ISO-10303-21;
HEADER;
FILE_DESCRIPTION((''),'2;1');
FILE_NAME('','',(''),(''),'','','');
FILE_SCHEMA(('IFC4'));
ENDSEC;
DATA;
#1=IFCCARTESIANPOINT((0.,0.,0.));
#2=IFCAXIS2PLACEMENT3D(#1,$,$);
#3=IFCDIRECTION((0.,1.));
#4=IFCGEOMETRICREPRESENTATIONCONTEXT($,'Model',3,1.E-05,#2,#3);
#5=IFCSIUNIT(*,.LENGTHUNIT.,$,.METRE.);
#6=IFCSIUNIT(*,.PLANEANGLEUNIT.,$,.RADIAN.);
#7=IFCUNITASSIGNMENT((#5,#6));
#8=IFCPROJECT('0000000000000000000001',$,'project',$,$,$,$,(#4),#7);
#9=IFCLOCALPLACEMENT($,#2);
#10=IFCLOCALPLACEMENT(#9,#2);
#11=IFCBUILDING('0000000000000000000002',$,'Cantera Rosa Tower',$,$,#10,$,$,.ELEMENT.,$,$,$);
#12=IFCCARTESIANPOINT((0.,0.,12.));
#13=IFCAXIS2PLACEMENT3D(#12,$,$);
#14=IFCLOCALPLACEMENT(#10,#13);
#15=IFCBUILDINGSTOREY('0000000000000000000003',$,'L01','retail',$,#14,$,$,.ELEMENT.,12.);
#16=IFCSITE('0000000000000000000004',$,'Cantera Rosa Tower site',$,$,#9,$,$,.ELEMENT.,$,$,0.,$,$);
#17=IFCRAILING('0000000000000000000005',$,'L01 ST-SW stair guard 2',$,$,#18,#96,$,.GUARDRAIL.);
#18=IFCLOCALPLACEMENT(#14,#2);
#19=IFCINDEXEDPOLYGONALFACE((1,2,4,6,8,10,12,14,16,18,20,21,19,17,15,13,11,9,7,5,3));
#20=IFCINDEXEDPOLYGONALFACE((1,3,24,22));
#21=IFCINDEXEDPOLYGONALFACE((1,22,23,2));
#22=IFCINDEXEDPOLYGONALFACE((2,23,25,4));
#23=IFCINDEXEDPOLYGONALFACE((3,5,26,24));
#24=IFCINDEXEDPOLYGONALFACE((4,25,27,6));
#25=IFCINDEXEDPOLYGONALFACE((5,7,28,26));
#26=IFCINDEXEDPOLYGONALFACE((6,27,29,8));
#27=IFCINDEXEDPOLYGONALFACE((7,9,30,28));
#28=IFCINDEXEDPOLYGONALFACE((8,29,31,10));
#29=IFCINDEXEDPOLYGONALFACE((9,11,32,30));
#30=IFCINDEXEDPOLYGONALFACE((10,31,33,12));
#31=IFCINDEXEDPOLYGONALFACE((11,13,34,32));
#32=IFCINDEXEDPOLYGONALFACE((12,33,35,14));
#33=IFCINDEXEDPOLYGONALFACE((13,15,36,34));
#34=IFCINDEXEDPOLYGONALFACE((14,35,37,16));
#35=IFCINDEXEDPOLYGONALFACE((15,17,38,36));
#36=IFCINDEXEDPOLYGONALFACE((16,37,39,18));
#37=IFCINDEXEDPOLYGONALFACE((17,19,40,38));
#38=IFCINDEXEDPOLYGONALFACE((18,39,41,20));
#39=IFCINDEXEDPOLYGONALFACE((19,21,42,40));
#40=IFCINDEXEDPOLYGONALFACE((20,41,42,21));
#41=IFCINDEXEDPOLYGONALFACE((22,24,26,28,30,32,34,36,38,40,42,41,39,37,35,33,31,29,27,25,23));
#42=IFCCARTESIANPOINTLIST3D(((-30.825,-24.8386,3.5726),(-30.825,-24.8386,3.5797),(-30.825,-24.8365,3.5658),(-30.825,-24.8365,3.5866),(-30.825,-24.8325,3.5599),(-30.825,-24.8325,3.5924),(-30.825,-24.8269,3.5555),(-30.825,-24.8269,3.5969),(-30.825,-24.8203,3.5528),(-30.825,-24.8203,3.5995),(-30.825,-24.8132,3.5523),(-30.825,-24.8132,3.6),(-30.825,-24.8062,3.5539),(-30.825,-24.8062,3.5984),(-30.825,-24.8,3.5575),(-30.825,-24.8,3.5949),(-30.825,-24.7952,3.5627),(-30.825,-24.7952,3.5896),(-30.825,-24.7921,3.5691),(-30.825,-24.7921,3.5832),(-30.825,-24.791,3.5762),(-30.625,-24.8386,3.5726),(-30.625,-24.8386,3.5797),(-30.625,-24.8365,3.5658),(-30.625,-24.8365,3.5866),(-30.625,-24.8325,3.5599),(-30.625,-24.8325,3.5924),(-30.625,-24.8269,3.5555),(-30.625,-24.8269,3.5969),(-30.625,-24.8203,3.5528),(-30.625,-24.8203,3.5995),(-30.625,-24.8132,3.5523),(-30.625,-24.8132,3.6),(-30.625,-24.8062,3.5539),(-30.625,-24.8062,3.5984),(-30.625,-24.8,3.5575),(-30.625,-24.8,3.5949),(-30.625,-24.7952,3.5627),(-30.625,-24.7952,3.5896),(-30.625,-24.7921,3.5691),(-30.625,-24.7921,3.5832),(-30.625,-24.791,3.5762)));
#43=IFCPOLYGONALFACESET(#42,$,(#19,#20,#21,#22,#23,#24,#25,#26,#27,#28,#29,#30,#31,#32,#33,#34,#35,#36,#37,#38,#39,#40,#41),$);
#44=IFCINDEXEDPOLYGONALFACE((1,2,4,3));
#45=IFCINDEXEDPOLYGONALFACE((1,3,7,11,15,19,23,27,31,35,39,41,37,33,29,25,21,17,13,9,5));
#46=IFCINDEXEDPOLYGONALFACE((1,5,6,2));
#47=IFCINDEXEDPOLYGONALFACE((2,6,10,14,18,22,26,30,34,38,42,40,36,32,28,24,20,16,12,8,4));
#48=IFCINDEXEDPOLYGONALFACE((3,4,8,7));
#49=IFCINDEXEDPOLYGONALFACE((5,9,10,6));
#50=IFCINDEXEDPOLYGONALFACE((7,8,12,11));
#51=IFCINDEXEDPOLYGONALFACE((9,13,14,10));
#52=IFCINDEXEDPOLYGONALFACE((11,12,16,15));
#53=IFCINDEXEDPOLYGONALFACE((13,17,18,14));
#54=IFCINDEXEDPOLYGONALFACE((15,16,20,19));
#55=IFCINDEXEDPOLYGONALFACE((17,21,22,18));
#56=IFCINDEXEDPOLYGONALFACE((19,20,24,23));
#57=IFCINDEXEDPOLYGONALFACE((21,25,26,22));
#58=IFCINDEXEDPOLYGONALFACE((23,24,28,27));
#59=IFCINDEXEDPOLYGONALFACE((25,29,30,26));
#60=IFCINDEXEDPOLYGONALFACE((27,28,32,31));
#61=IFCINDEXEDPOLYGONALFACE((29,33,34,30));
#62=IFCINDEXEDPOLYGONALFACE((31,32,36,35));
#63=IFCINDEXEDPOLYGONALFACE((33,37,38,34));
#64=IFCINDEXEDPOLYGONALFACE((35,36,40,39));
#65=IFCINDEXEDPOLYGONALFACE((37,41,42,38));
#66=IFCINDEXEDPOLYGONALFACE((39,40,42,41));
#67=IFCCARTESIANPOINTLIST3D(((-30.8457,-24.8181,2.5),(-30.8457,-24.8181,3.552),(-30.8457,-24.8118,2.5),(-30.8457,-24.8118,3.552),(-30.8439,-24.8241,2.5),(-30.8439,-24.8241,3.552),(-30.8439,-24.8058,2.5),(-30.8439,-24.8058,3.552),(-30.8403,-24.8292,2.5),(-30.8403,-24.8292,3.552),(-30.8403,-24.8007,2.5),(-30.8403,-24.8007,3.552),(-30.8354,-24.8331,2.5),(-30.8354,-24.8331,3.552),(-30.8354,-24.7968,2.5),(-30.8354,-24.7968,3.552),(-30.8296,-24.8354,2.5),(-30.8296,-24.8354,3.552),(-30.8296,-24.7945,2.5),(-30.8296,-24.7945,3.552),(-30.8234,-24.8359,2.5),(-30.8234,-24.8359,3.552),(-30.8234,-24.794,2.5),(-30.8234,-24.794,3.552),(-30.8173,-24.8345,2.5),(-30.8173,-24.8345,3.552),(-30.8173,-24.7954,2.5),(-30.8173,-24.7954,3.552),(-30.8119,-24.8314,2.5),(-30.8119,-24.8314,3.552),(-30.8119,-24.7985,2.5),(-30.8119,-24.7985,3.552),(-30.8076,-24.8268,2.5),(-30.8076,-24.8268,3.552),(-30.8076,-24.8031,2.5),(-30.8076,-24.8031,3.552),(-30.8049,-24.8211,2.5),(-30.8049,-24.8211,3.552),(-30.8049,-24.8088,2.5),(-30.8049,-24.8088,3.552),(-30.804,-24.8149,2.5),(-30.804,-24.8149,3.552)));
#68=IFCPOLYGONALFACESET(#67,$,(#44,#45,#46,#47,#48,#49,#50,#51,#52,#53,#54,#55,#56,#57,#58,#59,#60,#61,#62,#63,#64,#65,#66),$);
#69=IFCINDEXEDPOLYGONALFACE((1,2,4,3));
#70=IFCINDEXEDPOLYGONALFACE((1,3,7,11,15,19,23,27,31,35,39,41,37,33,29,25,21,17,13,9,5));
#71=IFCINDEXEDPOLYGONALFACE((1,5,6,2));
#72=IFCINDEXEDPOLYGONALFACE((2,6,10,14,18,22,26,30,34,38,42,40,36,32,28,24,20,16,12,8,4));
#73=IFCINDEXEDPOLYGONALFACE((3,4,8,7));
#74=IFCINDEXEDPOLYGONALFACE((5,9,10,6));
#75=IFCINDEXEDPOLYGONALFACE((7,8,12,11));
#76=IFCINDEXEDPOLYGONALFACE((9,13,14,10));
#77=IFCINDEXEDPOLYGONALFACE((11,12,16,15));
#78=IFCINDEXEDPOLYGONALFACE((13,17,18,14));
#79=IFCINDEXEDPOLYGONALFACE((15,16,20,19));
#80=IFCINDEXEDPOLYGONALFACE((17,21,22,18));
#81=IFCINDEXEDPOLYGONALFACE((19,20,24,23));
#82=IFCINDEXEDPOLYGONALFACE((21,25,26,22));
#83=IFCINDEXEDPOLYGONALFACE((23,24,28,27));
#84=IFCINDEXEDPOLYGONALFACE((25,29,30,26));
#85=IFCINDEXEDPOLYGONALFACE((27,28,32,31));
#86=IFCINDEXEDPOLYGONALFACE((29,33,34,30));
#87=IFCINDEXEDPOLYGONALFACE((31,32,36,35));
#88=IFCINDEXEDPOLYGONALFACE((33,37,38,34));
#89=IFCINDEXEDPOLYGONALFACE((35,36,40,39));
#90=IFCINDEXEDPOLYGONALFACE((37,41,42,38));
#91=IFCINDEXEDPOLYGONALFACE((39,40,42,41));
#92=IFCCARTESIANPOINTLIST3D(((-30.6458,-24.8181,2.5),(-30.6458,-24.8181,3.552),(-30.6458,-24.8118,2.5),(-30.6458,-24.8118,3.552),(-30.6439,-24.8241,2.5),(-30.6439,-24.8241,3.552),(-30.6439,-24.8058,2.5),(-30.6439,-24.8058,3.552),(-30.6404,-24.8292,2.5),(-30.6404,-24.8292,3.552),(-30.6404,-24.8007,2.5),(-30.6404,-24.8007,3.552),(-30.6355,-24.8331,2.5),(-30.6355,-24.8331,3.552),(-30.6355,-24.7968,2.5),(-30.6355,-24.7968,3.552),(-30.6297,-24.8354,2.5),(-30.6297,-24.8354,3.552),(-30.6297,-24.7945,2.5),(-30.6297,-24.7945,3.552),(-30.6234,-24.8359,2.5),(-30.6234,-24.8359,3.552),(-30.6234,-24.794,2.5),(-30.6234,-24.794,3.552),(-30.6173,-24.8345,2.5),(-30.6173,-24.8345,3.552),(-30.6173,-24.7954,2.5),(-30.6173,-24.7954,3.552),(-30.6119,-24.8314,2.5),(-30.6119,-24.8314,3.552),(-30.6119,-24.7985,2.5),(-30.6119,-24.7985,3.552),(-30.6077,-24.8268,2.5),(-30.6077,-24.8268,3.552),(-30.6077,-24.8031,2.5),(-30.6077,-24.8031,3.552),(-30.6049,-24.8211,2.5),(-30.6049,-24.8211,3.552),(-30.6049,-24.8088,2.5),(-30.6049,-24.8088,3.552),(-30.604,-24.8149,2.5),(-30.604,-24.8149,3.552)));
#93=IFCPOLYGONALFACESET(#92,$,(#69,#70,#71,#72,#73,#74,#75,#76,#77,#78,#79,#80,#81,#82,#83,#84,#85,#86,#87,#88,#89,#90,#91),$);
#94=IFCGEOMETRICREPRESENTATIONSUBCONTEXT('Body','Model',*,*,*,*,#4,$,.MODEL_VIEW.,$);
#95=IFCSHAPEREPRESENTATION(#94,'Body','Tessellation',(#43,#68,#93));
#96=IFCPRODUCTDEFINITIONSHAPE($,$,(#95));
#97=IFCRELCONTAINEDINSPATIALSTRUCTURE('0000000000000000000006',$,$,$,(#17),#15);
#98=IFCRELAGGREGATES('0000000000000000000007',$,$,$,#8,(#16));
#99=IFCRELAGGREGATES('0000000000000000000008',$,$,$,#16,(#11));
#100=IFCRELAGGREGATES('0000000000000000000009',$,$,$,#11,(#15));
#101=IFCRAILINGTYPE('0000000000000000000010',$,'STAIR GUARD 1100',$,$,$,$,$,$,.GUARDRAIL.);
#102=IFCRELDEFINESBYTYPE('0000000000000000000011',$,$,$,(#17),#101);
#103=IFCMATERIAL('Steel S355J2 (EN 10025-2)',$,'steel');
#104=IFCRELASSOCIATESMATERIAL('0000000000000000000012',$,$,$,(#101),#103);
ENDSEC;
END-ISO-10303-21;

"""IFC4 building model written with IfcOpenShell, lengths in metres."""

from ifc_helpers import new_model, si_unit, direction, frame, origin, origin_2d, place, context, subcontext, project, spatial, circle, extrude, material, type_object, element, save


model = new_model("IFC4")

# Units and contexts
model_context = context("Model", 3, precision=1e-05, world=origin(), true_north=direction((0.0, 1.0)))
body_context = subcontext(model_context, "Body", "Model", "MODEL_VIEW")
ifc_project = project(units=[si_unit("LENGTHUNIT", "METRE"), si_unit("PLANEANGLEUNIT", "RADIAN")], contexts=[model_context])

# Site, building, storey
site_placement = place(None, origin())
site = spatial("IfcSite", under=ifc_project, at=site_placement, Name="Cantera Rosa Tower site", CompositionType="ELEMENT", RefElevation=0.0)
building_placement = place(site_placement, origin())
building = spatial("IfcBuilding", under=site, at=building_placement, Name="Cantera Rosa Tower", CompositionType="ELEMENT")
storey_placement = place(building_placement, frame((0.0, 0.0, 12.0)))
storey = spatial("IfcBuildingStorey", under=building, at=storey_placement, Name="L01", Description="retail", CompositionType="ELEMENT", Elevation=12.0)

# Railing
ifc_material_1 = material(Name="Steel S355J2 (EN 10025-2)", Category="steel")
railing_type_1 = type_object("IfcRailingType", Name="STAIR GUARD 1100", PredefinedType="GUARDRAIL", material=ifc_material_1)
railing_1_placement = place(storey_placement, frame((-30.825, -24.8149, 2.5)))
element("IfcRailing", 1, at=railing_1_placement, inside=storey, type_object=railing_type_1, Name="L01 ST-SW stair guard 2", PredefinedType="GUARDRAIL", context=body_context, shape_type="SweptSolid", body=[
    extrude(circle(Radius=0.0239, at=origin_2d()), frame((0.0, 0.0, 1.0762), z_axis=(1.0, 0.0, 0.0), x_axis=(0.0, 1.0, 0.0)), (0.0, 0.0, 1.0), 0.2),
    extrude(circle(Radius=0.021, at=origin_2d()), origin(), (0.0, 0.0, 1.0), 1.052),
    extrude(circle(Radius=0.021, at=origin_2d()), frame((0.2, 0.0, 0.0)), (0.0, 0.0, 1.0), 1.052),
])

save(model, "model.ifc")
